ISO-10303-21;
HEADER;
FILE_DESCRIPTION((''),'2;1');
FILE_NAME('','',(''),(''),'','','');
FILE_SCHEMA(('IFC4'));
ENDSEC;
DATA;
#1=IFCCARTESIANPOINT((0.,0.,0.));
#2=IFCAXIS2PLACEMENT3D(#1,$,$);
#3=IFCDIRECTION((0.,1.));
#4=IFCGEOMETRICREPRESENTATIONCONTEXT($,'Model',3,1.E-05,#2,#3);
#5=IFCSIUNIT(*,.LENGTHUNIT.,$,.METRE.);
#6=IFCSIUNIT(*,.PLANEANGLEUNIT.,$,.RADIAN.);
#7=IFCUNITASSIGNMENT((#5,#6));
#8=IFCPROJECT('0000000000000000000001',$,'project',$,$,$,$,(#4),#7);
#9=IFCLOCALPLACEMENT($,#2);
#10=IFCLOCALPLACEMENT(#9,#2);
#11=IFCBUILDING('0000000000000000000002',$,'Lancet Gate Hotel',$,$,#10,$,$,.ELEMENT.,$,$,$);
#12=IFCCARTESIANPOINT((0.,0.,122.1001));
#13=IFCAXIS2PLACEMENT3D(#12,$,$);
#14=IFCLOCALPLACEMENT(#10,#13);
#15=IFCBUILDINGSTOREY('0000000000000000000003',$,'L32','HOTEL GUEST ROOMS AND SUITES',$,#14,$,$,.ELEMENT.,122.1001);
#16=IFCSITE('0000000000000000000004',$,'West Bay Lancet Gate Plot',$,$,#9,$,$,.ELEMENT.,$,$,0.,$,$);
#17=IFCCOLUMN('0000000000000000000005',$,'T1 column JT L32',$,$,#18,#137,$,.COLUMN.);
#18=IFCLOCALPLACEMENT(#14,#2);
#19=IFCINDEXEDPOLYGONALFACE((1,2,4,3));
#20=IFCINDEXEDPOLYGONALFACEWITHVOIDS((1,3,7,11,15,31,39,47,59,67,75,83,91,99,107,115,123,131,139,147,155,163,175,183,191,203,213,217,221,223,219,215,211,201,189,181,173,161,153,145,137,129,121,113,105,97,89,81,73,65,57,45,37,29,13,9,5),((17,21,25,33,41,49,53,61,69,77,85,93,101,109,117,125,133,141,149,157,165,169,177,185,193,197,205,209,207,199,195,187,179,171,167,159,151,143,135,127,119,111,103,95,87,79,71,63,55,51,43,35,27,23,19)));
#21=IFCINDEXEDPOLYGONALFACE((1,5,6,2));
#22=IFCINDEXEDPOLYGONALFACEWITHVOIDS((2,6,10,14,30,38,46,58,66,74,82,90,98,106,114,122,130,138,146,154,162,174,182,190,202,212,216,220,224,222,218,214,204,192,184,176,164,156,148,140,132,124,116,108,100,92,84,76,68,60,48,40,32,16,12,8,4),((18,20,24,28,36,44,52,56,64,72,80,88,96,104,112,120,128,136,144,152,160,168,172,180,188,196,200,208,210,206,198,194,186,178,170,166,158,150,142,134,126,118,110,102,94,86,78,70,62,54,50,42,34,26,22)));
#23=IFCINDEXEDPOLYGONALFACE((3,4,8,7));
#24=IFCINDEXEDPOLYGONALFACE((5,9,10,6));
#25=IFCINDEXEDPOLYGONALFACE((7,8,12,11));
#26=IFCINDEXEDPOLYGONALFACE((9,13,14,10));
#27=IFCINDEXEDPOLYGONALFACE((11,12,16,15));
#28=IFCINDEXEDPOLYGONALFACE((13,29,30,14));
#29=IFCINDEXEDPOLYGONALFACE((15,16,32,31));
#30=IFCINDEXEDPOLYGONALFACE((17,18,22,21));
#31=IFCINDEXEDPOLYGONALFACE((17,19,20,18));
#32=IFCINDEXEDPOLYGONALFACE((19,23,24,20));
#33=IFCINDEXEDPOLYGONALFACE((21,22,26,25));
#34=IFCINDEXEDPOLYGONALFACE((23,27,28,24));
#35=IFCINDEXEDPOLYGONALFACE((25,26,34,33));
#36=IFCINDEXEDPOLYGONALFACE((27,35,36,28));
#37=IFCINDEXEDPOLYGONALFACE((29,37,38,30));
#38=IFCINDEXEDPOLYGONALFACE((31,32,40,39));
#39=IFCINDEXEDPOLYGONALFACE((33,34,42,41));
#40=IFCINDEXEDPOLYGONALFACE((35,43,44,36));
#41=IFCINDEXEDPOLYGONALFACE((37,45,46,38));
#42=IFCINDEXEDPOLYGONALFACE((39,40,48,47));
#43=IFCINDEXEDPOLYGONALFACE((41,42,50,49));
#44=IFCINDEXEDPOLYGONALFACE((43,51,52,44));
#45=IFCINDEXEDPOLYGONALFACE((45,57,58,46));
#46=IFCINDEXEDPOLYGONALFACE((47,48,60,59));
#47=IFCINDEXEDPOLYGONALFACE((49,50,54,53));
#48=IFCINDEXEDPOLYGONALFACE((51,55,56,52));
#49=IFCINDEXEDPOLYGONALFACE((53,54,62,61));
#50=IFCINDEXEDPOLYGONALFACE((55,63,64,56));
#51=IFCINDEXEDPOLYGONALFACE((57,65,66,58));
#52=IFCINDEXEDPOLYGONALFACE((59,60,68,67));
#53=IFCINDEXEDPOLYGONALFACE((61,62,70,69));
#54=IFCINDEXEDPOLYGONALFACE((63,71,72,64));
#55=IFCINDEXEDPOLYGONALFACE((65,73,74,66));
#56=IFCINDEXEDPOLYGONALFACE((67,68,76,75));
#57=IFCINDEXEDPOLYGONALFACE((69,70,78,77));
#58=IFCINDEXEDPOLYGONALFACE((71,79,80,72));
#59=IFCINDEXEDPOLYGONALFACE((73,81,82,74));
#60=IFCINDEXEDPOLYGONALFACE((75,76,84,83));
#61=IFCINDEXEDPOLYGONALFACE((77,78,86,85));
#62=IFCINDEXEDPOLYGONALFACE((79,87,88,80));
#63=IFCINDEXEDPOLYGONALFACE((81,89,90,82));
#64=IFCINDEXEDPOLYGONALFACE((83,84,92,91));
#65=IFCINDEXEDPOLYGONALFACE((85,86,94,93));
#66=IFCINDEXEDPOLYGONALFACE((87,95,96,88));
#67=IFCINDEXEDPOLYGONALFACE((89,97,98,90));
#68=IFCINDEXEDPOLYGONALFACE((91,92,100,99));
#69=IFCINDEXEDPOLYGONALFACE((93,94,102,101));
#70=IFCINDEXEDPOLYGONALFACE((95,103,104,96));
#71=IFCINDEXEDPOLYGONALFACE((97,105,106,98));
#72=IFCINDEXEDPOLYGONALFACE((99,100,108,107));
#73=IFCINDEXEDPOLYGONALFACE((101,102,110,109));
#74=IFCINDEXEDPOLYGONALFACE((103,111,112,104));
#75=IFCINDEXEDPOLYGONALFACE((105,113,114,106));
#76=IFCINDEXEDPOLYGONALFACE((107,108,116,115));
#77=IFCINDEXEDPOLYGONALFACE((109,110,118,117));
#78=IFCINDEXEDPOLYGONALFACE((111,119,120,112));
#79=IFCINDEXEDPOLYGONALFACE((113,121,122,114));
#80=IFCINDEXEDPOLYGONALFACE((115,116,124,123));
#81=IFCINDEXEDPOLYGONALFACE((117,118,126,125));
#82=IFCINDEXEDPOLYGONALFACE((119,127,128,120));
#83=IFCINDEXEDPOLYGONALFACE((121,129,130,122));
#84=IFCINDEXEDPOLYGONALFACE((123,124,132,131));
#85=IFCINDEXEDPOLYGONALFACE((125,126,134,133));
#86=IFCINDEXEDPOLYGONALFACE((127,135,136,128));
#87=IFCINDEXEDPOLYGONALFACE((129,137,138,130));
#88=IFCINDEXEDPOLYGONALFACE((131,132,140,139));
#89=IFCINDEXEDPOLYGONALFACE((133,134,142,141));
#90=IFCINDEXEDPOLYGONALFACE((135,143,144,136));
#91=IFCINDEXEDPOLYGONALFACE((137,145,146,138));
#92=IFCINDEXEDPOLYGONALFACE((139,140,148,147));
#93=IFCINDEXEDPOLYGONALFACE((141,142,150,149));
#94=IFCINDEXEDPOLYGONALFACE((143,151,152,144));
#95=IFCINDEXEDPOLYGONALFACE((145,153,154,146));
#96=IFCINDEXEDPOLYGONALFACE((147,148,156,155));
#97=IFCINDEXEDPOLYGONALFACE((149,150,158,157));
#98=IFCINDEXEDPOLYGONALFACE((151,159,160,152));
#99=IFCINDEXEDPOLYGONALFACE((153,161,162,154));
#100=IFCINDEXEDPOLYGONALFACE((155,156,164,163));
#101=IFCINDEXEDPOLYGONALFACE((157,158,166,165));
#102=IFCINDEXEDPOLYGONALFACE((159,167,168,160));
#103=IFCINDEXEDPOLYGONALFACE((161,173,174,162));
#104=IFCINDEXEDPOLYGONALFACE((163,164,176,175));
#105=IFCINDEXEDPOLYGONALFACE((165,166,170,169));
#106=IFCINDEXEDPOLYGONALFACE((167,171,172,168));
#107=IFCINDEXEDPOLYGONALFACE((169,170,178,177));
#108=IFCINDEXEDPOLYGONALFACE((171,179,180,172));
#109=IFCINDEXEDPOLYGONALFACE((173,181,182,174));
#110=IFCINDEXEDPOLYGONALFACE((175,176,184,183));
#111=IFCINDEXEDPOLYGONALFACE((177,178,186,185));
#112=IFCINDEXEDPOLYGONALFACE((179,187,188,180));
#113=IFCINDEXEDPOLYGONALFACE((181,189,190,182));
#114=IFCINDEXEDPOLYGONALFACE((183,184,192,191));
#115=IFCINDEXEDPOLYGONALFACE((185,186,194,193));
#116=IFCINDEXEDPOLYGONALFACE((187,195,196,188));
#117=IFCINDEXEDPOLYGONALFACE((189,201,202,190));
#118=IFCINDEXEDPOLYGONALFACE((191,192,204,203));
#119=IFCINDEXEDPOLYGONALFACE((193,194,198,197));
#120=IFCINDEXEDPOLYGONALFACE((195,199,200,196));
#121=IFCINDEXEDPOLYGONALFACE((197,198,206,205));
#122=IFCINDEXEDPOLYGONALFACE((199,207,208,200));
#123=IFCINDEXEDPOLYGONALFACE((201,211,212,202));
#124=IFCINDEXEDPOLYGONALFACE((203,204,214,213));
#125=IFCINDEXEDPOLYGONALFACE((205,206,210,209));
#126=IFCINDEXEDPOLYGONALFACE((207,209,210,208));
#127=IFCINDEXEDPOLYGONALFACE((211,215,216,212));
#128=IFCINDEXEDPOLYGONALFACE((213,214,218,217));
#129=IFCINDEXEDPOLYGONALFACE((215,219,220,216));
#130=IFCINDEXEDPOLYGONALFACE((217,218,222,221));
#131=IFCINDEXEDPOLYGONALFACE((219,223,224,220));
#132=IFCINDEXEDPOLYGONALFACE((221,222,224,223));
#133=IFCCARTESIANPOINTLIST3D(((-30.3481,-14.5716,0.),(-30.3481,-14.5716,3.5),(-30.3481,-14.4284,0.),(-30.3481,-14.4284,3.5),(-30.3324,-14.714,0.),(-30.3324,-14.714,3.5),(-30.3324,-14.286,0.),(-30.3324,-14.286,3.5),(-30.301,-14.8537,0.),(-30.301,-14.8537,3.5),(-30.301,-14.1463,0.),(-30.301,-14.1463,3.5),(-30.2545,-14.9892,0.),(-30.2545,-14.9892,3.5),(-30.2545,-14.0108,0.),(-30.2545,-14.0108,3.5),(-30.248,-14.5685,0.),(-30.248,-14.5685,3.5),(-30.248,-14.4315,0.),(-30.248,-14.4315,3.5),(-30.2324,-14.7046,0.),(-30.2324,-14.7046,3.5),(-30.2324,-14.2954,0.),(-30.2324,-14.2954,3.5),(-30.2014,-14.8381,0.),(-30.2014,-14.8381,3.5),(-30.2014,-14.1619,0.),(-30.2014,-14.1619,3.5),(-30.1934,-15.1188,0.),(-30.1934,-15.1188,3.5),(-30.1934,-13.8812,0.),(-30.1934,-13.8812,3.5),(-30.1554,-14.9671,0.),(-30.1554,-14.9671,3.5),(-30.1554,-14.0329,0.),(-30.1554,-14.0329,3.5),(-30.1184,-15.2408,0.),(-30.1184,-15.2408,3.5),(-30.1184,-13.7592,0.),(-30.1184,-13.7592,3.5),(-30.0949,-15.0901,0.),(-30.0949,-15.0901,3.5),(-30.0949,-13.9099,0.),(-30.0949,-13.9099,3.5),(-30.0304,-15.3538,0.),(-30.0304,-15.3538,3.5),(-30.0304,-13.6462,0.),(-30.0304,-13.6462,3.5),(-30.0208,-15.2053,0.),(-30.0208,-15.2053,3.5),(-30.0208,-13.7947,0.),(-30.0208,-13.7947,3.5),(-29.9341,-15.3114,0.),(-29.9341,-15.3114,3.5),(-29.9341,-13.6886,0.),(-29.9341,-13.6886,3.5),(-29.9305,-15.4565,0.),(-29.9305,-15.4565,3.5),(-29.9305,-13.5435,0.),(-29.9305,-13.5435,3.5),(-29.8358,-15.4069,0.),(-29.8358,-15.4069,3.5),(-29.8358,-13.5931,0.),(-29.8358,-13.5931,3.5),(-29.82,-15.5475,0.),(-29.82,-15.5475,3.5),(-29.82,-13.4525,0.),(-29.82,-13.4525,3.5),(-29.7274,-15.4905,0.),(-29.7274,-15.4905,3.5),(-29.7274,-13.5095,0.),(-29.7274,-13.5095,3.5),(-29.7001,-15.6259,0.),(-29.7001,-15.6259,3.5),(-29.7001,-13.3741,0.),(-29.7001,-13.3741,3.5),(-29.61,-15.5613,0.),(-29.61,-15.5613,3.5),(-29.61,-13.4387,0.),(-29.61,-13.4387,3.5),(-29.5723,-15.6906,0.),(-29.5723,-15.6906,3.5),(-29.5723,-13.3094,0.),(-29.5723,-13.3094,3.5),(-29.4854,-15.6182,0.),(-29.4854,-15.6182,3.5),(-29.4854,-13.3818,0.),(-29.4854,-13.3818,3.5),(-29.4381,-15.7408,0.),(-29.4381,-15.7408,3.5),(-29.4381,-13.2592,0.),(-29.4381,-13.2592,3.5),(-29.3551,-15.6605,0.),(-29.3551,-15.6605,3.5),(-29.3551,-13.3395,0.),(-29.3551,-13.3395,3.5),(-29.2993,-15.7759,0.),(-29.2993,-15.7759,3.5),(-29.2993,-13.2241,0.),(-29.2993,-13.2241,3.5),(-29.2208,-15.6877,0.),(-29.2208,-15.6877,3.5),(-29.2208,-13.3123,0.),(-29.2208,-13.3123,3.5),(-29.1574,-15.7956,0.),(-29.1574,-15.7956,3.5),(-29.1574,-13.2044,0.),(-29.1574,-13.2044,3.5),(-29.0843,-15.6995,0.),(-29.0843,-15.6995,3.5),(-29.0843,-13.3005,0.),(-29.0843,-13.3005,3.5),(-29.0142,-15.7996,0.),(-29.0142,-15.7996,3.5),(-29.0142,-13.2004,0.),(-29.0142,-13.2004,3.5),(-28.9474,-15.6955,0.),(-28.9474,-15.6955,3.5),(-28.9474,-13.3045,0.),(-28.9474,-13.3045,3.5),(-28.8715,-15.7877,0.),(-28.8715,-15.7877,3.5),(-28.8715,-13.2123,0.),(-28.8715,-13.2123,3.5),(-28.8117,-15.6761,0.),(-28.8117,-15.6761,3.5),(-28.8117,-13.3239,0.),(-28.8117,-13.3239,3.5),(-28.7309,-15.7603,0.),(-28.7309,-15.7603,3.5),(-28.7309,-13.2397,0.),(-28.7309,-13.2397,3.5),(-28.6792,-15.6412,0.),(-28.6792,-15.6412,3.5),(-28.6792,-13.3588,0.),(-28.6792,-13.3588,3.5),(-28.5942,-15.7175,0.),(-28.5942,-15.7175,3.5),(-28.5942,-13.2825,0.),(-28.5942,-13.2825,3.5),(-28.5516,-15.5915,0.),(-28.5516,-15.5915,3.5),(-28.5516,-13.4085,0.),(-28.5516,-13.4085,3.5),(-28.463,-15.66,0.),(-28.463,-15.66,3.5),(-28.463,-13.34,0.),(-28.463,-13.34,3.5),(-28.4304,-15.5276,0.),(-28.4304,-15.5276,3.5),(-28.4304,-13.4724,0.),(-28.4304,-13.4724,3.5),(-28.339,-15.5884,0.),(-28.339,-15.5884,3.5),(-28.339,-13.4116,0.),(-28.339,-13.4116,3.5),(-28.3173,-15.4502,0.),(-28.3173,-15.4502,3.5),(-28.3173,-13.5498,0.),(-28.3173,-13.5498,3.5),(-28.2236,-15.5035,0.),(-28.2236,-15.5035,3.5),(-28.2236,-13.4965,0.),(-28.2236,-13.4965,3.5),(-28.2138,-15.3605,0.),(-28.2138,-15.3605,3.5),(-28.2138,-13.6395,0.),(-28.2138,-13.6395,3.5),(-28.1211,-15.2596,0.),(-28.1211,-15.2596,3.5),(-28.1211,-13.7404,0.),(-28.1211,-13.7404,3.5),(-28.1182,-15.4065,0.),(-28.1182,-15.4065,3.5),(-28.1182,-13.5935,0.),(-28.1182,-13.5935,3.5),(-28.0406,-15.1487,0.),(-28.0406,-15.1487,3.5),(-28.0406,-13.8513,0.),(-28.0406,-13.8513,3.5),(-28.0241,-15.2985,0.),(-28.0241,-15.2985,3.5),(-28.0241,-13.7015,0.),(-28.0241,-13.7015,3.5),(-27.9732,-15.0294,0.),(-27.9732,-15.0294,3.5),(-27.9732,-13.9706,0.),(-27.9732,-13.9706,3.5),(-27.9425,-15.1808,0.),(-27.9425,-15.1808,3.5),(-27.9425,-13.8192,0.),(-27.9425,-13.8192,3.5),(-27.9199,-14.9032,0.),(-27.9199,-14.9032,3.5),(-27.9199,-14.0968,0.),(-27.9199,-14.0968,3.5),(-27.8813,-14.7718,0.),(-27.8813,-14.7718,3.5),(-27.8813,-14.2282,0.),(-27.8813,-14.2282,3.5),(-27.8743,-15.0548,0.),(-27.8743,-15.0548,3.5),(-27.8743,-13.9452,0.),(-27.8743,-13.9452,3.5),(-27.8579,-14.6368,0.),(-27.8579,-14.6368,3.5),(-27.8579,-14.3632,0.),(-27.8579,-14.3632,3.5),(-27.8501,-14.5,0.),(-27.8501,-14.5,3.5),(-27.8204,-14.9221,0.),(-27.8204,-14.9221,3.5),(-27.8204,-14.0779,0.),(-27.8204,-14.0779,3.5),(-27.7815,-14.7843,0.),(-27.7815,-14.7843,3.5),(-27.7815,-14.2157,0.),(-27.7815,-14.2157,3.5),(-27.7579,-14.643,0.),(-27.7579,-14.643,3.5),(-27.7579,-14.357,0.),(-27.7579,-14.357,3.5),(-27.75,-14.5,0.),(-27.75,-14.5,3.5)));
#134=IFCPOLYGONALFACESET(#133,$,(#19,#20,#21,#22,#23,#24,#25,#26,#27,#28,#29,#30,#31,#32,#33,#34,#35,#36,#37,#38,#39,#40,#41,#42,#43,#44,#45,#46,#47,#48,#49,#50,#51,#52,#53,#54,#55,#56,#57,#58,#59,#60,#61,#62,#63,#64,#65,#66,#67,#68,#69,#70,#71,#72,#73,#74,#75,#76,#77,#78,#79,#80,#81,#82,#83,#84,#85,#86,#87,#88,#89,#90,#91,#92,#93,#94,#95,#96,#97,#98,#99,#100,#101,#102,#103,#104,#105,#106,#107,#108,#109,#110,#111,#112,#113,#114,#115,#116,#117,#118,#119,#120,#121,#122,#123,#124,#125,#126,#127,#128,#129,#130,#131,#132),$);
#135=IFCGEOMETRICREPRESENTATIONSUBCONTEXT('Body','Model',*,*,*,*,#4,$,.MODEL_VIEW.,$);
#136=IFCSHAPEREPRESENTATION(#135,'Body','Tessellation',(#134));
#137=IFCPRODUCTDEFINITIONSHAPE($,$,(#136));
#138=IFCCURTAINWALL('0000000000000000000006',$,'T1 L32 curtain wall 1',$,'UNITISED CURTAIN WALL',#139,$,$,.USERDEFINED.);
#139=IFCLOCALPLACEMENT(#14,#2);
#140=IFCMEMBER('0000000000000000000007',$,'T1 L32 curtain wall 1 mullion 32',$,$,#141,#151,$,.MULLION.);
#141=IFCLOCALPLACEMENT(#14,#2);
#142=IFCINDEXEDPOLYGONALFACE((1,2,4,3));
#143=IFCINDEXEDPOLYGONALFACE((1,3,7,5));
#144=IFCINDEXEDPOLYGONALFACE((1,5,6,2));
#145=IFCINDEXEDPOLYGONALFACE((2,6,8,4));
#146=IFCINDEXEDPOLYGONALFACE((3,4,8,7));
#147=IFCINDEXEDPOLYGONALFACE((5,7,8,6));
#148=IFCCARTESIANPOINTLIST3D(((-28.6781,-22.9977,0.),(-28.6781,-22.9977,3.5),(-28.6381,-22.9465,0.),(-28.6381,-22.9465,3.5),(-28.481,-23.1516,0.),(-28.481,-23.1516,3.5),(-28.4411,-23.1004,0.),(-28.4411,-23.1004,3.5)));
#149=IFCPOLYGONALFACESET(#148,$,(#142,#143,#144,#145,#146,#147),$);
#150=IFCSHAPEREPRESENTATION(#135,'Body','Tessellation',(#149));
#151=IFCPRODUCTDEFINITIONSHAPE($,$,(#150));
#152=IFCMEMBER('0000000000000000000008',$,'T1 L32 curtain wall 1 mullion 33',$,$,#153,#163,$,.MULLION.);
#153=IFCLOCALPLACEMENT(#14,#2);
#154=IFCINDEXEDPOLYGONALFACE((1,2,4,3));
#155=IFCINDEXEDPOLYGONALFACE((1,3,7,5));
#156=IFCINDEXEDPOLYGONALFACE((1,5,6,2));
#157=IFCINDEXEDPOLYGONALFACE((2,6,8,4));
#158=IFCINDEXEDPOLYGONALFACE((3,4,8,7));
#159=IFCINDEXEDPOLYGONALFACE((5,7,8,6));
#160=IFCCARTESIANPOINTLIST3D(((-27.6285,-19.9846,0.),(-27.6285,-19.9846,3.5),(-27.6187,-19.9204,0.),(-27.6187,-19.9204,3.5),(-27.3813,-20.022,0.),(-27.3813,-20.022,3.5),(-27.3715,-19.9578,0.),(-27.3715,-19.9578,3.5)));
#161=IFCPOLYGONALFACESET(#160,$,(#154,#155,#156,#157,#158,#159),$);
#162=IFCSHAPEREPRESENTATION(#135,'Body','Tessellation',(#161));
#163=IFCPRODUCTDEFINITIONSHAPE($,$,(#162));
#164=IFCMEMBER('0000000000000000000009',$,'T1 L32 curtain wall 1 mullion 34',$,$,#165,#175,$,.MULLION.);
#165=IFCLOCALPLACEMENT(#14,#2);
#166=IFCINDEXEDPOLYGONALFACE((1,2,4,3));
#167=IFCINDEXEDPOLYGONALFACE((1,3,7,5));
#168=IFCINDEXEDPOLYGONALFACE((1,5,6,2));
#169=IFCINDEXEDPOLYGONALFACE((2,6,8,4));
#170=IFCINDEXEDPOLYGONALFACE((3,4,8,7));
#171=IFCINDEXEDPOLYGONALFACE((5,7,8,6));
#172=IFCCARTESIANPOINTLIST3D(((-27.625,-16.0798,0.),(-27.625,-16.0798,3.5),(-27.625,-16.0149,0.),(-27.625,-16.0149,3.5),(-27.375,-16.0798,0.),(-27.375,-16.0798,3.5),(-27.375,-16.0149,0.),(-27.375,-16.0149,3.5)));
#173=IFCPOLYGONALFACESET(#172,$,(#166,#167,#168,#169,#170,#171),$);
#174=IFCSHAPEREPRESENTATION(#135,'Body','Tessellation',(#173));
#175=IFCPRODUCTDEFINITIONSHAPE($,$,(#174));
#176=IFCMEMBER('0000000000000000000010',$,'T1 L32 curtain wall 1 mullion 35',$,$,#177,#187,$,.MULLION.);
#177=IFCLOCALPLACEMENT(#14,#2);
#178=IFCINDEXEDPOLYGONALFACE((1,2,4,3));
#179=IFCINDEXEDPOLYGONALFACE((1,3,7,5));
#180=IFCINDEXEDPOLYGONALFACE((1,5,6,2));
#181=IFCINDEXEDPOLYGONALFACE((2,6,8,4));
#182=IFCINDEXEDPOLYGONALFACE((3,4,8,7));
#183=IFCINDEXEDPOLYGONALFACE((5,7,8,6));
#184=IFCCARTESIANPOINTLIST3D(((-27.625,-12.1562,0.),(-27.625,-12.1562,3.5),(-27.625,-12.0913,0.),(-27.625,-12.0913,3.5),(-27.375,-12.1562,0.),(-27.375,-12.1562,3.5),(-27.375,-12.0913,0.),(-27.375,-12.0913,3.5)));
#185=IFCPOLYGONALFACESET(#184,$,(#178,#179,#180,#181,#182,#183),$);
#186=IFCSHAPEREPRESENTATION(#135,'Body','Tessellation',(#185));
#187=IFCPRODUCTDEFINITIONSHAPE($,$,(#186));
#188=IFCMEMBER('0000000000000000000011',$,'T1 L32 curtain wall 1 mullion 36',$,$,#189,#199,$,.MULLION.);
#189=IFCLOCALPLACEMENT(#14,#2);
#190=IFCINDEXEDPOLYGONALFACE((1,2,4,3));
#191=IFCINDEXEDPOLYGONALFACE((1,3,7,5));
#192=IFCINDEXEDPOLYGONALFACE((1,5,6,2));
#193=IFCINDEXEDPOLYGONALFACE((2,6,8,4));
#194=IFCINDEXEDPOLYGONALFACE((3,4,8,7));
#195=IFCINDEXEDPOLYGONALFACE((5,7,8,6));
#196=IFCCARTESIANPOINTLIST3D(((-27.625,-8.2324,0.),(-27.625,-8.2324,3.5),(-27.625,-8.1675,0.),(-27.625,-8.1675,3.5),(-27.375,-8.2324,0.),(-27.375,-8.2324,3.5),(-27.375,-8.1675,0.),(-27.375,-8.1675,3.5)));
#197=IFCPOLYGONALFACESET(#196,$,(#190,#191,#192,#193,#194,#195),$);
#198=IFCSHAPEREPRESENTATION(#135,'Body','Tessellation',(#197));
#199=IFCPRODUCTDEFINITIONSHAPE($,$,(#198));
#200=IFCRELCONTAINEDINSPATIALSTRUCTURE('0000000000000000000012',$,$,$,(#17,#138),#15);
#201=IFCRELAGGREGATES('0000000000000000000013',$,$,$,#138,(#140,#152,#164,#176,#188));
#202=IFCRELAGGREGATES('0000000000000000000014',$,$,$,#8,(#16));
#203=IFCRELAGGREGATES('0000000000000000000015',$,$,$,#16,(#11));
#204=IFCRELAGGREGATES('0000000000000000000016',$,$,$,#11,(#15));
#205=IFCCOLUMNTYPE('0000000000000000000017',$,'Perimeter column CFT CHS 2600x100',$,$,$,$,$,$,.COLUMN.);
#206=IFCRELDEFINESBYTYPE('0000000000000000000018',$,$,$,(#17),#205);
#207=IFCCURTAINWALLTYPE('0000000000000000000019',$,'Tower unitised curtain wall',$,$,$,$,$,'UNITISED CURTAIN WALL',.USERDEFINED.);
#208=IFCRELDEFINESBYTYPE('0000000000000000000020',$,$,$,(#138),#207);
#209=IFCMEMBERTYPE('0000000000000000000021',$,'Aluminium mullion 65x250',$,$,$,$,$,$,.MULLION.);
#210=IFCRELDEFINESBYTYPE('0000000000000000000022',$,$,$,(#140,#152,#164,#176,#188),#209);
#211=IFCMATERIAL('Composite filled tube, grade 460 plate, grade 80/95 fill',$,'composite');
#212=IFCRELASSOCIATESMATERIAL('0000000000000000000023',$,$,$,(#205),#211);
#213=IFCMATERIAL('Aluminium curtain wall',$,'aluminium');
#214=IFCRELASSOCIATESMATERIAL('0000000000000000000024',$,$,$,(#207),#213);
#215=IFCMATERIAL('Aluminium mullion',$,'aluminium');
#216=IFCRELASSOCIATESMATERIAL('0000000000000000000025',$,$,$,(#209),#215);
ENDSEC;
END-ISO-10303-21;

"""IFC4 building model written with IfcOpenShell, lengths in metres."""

from ifc_helpers import new_model, si_unit, direction, frame, origin, origin_2d, place, context, subcontext, project, spatial, rectangle, hollow_circle, extrude, material, material_profile, profile_set, type_object, element, aggregate, save


model = new_model("IFC4")

# Units and contexts
model_context = context("Model", 3, precision=1e-05, world=origin(), true_north=direction((0.0, 1.0)))
body_context = subcontext(model_context, "Body", "Model", "MODEL_VIEW")
ifc_project = project(units=[si_unit("LENGTHUNIT", "METRE"), si_unit("PLANEANGLEUNIT", "RADIAN")], contexts=[model_context])

# Site, building, storey
site_placement = place(None, origin())
site = spatial("IfcSite", under=ifc_project, at=site_placement, Name="West Bay Lancet Gate Plot", CompositionType="ELEMENT", RefElevation=0.0)
building_placement = place(site_placement, origin())
building = spatial("IfcBuilding", under=site, at=building_placement, Name="Lancet Gate Hotel", CompositionType="ELEMENT")
storey_placement = place(building_placement, frame((0.0, 0.0, 122.1001)))
storey = spatial("IfcBuildingStorey", under=building, at=storey_placement, Name="L32", Description="HOTEL GUEST ROOMS AND SUITES", CompositionType="ELEMENT", Elevation=122.1001)

# Column
ifc_material_1 = material(Name="Composite filled tube, grade 460 plate, grade 80/95 fill", Category="composite")
ifc_material_profile_1 = material_profile(ifc_material_1, hollow_circle(Radius=1.3, WallThickness=0.1001, at=origin_2d()), Name="CHS 2600x100")
ifc_profile_set_1 = profile_set([ifc_material_profile_1], Name="Composite filled tube, grade 460 plate, grade 80/95 fill")
column_type = type_object("IfcColumnType", Name="Perimeter column CFT CHS 2600x100", PredefinedType="COLUMN", material=ifc_profile_set_1)
for number, where, z_axis, x_axis, name in (
    (1, (-29.05, -14.5, 0.0), (0.0, 0.0, 1.0), (1.0, 0.0, 0.0), "T1 column JT L32"),
):
    element("IfcColumn", number, at=place(storey_placement, frame(where, z_axis=z_axis, x_axis=x_axis)), inside=storey, type_object=column_type, Name=name, PredefinedType="COLUMN", context=body_context, shape_type="SweptSolid", body=[
        extrude(hollow_circle(Radius=1.3, WallThickness=0.1001, at=origin_2d()), origin(), (0.0, 0.0, 1.0), 3.5),
    ])

# Curtain wall, members
ifc_material_2 = material(Name="Aluminium curtain wall", Category="aluminium")
curtain_wall_type = type_object("IfcCurtainWallType", Name="Tower unitised curtain wall", ElementType="UNITISED CURTAIN WALL", PredefinedType="USERDEFINED", material=ifc_material_2)
curtain_wall_placement = place(storey_placement, origin())
curtain_wall = element("IfcCurtainWall", 2, at=curtain_wall_placement, inside=storey, type_object=curtain_wall_type, Name="T1 L32 curtain wall 1", ObjectType="UNITISED CURTAIN WALL", PredefinedType="USERDEFINED")
ifc_material_3 = material(Name="Aluminium mullion", Category="aluminium")
ifc_material_profile_2 = material_profile(ifc_material_3, rectangle(XDim=0.0649, YDim=0.25, at=origin_2d()), Name="MULLION 65x250")
ifc_profile_set_2 = profile_set([ifc_material_profile_2], Name="Aluminium mullion")
member_type_1 = type_object("IfcMemberType", Name="Aluminium mullion 65x250", PredefinedType="MULLION", material=ifc_profile_set_2)
member_1_placement = place(storey_placement, frame((-28.5596, -23.0491, 0.0), z_axis=(0.0, 0.0, 1.0), x_axis=(0.615574, 0.788079, 0.0)))
member_1 = element("IfcMember", 3, at=member_1_placement, type_object=member_type_1, Name="T1 L32 curtain wall 1 mullion 32", PredefinedType="MULLION", context=body_context, shape_type="SweptSolid", body=[
    extrude(rectangle(XDim=0.0649, YDim=0.25, at=origin_2d()), origin(), (0.0, 0.0, 1.0), 3.5),
])
member_2_placement = place(storey_placement, frame((-27.5, -19.9712, 0.0), z_axis=(0.0, 0.0, 1.0), x_axis=(0.149634, 0.988741, 0.0)))
member_2 = element("IfcMember", 4, at=member_2_placement, type_object=member_type_1, Name="T1 L32 curtain wall 1 mullion 33", PredefinedType="MULLION", context=body_context, shape_type="SweptSolid", body=[
    extrude(rectangle(XDim=0.0649, YDim=0.25, at=origin_2d()), origin(), (0.0, 0.0, 1.0), 3.5),
])
member_3_placement = place(storey_placement, frame((-27.5, -16.0474, 0.0), z_axis=(0.0, 0.0, 1.0), x_axis=(0.0, 1.0, 0.0)))
member_3 = element("IfcMember", 5, at=member_3_placement, type_object=member_type_1, Name="T1 L32 curtain wall 1 mullion 34", PredefinedType="MULLION", context=body_context, shape_type="SweptSolid", body=[
    extrude(rectangle(XDim=0.0649, YDim=0.25, at=origin_2d()), origin(), (0.0, 0.0, 1.0), 3.5),
])
member_4_placement = place(storey_placement, frame((-27.5, -12.1238, 0.0), z_axis=(0.0, 0.0, 1.0), x_axis=(0.0, 1.0, 0.0)))
member_4 = element("IfcMember", 6, at=member_4_placement, type_object=member_type_1, Name="T1 L32 curtain wall 1 mullion 35", PredefinedType="MULLION", context=body_context, shape_type="SweptSolid", body=[
    extrude(rectangle(XDim=0.0649, YDim=0.25, at=origin_2d()), origin(), (0.0, 0.0, 1.0), 3.5),
])
member_5_placement = place(storey_placement, frame((-27.5, -8.2, 0.0), z_axis=(0.0, 0.0, 1.0), x_axis=(0.0, 1.0, 0.0)))
member_5 = element("IfcMember", 7, at=member_5_placement, type_object=member_type_1, Name="T1 L32 curtain wall 1 mullion 36", PredefinedType="MULLION", context=body_context, shape_type="SweptSolid", body=[
    extrude(rectangle(XDim=0.0649, YDim=0.25, at=origin_2d()), origin(), (0.0, 0.0, 1.0), 3.5),
])

aggregate(curtain_wall, [member_1, member_2, member_3, member_4, member_5])

save(model, "model.ifc")
